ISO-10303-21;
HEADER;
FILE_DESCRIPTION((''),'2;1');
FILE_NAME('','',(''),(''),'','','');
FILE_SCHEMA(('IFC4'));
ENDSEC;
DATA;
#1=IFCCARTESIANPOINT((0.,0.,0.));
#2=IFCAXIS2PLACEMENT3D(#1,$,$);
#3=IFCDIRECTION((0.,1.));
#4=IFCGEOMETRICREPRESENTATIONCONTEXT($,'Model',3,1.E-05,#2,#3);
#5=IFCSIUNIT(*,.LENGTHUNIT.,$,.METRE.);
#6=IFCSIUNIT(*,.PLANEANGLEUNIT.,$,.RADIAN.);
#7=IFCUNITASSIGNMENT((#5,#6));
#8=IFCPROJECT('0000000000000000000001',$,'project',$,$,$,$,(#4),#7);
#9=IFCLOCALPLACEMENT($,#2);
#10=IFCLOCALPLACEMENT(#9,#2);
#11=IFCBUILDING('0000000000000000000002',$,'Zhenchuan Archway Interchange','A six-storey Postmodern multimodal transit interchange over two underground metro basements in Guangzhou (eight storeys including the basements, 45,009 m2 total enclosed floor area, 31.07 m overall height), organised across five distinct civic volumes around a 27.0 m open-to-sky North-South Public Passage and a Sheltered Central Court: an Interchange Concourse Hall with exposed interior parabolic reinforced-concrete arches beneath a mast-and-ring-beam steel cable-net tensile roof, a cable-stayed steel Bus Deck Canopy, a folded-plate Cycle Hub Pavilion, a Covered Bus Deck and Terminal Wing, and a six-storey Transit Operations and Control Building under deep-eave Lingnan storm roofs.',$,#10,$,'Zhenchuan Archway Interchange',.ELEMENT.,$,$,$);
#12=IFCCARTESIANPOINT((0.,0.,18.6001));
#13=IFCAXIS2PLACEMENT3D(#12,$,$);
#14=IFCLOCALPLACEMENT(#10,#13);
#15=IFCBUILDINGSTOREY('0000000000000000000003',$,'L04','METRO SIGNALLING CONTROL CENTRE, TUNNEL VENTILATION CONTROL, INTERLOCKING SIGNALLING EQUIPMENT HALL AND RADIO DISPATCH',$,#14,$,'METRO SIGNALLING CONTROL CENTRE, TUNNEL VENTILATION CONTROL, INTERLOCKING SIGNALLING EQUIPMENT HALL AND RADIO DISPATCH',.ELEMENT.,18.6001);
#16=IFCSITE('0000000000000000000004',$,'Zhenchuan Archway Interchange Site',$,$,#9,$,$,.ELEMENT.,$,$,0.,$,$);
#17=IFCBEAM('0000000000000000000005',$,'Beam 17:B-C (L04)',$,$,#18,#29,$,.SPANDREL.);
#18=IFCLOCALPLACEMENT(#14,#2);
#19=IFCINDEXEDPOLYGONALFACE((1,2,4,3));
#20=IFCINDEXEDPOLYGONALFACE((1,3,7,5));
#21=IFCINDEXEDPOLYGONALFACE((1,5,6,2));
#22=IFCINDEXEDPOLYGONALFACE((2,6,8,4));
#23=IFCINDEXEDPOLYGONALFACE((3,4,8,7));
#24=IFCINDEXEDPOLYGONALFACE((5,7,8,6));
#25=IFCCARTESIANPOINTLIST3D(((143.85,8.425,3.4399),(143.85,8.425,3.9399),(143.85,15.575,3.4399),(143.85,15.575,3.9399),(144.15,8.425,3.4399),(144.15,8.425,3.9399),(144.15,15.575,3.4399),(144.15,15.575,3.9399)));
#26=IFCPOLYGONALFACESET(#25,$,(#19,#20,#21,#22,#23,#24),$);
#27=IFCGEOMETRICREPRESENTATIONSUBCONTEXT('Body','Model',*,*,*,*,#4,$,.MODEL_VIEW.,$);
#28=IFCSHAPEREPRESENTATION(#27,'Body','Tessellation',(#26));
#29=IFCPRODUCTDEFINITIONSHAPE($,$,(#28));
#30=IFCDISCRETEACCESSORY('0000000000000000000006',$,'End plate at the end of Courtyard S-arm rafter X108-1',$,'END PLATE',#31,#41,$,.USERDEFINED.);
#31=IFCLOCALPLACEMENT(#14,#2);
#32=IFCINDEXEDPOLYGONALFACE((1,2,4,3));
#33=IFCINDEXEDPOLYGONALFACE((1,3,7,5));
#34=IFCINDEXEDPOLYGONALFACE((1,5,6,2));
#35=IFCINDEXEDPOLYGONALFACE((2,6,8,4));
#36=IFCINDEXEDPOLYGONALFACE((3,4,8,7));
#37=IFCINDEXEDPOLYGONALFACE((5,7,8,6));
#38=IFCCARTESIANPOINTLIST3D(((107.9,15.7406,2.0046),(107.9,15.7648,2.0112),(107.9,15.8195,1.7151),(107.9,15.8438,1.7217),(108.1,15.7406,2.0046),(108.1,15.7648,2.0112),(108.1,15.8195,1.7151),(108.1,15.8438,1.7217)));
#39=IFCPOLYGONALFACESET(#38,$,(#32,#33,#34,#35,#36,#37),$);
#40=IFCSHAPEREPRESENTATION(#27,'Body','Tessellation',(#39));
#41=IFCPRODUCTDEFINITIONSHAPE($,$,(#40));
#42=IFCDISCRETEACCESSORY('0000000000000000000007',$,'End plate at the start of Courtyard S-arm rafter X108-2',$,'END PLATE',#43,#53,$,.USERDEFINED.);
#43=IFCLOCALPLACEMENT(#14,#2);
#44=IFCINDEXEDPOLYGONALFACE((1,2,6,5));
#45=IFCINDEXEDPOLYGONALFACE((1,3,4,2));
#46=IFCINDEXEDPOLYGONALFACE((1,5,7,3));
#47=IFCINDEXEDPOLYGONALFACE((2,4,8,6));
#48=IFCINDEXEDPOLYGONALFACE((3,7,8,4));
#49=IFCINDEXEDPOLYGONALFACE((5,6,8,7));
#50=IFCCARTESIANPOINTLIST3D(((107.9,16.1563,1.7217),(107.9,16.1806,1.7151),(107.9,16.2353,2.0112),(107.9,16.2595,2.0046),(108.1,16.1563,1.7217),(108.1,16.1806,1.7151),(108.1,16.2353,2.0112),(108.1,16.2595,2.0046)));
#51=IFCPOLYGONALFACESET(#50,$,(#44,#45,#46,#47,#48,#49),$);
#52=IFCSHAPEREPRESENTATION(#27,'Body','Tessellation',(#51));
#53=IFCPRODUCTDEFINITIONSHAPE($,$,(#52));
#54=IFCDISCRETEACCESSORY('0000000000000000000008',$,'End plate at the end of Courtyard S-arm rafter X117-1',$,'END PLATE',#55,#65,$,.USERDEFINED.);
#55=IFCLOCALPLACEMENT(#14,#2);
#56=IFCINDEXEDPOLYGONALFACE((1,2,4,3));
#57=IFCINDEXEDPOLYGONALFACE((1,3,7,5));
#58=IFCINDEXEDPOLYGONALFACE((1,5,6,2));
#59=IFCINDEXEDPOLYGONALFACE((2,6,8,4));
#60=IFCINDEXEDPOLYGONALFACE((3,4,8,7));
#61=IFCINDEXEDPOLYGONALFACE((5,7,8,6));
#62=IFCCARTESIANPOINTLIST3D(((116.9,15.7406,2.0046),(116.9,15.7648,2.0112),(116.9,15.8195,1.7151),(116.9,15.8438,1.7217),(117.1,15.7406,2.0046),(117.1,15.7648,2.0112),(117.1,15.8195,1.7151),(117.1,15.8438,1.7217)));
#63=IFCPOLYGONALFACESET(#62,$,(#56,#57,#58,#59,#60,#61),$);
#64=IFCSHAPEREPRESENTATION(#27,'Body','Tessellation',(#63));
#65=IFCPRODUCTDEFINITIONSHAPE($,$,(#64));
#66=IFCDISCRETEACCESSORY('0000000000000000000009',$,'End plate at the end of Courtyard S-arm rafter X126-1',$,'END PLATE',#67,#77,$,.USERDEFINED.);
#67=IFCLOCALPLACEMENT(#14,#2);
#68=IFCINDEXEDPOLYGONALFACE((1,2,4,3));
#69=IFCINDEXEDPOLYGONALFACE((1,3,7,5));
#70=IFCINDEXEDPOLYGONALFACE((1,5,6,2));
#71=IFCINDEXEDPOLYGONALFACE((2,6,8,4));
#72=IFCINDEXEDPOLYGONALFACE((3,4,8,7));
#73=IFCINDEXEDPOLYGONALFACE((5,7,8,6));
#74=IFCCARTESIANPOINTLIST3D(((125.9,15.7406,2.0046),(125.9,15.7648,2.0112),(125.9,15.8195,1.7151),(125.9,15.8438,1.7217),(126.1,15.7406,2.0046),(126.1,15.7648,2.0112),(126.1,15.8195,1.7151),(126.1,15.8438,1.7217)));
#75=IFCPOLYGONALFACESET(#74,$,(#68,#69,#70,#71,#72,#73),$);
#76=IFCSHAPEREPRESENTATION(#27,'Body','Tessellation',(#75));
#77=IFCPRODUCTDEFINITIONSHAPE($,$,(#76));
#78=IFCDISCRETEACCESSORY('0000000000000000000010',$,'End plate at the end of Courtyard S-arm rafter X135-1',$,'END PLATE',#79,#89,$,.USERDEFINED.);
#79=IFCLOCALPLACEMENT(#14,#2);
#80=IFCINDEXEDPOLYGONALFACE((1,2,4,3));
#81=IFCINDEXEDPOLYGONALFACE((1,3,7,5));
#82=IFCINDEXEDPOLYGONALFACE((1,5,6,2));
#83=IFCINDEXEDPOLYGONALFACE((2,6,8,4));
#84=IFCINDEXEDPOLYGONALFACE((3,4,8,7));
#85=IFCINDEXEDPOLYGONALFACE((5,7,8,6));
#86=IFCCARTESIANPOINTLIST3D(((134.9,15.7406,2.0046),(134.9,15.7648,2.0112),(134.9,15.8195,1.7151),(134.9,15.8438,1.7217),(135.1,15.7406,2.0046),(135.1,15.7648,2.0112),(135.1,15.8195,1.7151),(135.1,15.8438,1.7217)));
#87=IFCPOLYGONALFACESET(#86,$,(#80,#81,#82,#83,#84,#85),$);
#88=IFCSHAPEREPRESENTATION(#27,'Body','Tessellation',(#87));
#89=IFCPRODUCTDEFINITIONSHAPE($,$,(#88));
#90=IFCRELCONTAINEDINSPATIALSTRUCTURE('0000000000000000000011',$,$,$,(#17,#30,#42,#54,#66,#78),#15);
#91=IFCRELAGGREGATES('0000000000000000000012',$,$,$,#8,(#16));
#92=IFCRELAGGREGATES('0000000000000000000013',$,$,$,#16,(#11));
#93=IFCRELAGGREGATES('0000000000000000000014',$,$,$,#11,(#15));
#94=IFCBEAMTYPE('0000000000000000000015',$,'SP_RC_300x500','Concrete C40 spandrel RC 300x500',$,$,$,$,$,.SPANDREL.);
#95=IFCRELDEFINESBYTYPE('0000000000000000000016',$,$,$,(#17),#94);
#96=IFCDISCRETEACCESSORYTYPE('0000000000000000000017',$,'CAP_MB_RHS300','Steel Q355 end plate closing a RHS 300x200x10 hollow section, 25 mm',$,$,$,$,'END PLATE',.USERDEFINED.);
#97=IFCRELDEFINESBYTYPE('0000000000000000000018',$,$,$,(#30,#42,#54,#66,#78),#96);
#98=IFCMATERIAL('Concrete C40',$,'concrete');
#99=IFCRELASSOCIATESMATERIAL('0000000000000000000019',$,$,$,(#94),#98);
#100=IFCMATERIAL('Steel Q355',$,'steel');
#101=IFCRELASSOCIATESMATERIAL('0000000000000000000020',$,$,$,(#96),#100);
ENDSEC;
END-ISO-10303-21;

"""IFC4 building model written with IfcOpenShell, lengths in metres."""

from ifc_helpers import new_model, si_unit, direction, frame, origin, origin_2d, place, context, subcontext, project, spatial, rectangle, extrude, material, material_profile, profile_set, type_object, element, save


model = new_model("IFC4")

# Units and contexts
model_context = context("Model", 3, precision=1e-05, world=origin(), true_north=direction((0.0, 1.0)))
body_context = subcontext(model_context, "Body", "Model", "MODEL_VIEW")
ifc_project = project(units=[si_unit("LENGTHUNIT", "METRE"), si_unit("PLANEANGLEUNIT", "RADIAN")], contexts=[model_context])

# Site, building, storey
site_placement = place(None, origin())
site = spatial("IfcSite", under=ifc_project, at=site_placement, Name="Zhenchuan Archway Interchange Site", CompositionType="ELEMENT", RefElevation=0.0)
building_placement = place(site_placement, origin())
building = spatial("IfcBuilding", under=site, at=building_placement, Name="Zhenchuan Archway Interchange", Description="A six-storey Postmodern multimodal transit interchange over two underground metro basements in Guangzhou (eight storeys including the basements, 45,009 m2 total enclosed floor area, 31.07 m overall height), organised across five distinct civic volumes around a 27.0 m open-to-sky North-South Public Passage and a Sheltered Central Court: an Interchange Concourse Hall with exposed interior parabolic reinforced-concrete arches beneath a mast-and-ring-beam steel cable-net tensile roof, a cable-stayed steel Bus Deck Canopy, a folded-plate Cycle Hub Pavilion, a Covered Bus Deck and Terminal Wing, and a six-storey Transit Operations and Control Building under deep-eave Lingnan storm roofs.", LongName="Zhenchuan Archway Interchange", CompositionType="ELEMENT")
storey_placement = place(building_placement, frame((0.0, 0.0, 18.6001)))
storey = spatial("IfcBuildingStorey", under=building, at=storey_placement, Name="L04", Description="METRO SIGNALLING CONTROL CENTRE, TUNNEL VENTILATION CONTROL, INTERLOCKING SIGNALLING EQUIPMENT HALL AND RADIO DISPATCH", LongName="METRO SIGNALLING CONTROL CENTRE, TUNNEL VENTILATION CONTROL, INTERLOCKING SIGNALLING EQUIPMENT HALL AND RADIO DISPATCH", CompositionType="ELEMENT", Elevation=18.6001)

# Shared definitions
ifc_material_1 = material(Name="Concrete C40", Category="concrete")
ifc_material_2 = material(Name="Steel Q355", Category="steel")

# Beam
ifc_material_profile_1 = material_profile(ifc_material_1, rectangle(XDim=0.3, YDim=0.5, at=origin_2d()), Name="RC 300x500")
ifc_profile_set_1 = profile_set([ifc_material_profile_1], Name="Concrete C40")
beam_type_1 = type_object("IfcBeamType", Name="SP_RC_300x500", Description="Concrete C40 spandrel RC 300x500", PredefinedType="SPANDREL", material=ifc_profile_set_1)
beam_placement = place(storey_placement, frame((144.0, 8.425, 3.6899), z_axis=(0.0, 1.0, 0.0), x_axis=(-1.0, 0.0, 0.0)))
element("IfcBeam", 1, at=beam_placement, inside=storey, type_object=beam_type_1, Name="Beam 17:B-C (L04)", PredefinedType="SPANDREL", context=body_context, shape_type="SweptSolid", body=[
    extrude(rectangle(XDim=0.3, YDim=0.5, at=origin_2d()), origin(), (0.0, 0.0, 1.0), 7.1499),
])

# Discrete accessories
discrete_accessory_type = type_object("IfcDiscreteAccessoryType", Name="CAP_MB_RHS300", Description="Steel Q355 end plate closing a RHS 300x200x10 hollow section, 25 mm", ElementType="END PLATE", PredefinedType="USERDEFINED", material=ifc_material_2)
for number, where, z_axis, x_axis, name in (
    (2, (108.0, 15.78, 1.8599), (0.0, 0.964764, 0.263117), (-1.0, 0.0, 0.0), "End plate at the end of Courtyard S-arm rafter X108-1"),
    (3, (108.0, 16.1958, 1.8665), (0.0, 0.964764, -0.263117), (-1.0, 0.0, 0.0), "End plate at the start of Courtyard S-arm rafter X108-2"),
    (4, (117.0, 15.78, 1.8599), (0.0, 0.964764, 0.263117), (-1.0, 0.0, 0.0), "End plate at the end of Courtyard S-arm rafter X117-1"),
    (5, (126.0, 15.78, 1.8599), (0.0, 0.964764, 0.263117), (-1.0, 0.0, 0.0), "End plate at the end of Courtyard S-arm rafter X126-1"),
    (6, (135.0, 15.78, 1.8599), (0.0, 0.964764, 0.263117), (-1.0, 0.0, 0.0), "End plate at the end of Courtyard S-arm rafter X135-1"),
):
    element("IfcDiscreteAccessory", number, at=place(storey_placement, frame(where, z_axis=z_axis, x_axis=x_axis)), inside=storey, type_object=discrete_accessory_type, Name=name, ObjectType="END PLATE", PredefinedType="USERDEFINED", context=body_context, shape_type="SweptSolid", body=[
        extrude(rectangle(XDim=0.2, YDim=0.3, at=origin_2d()), origin(), (0.0, 0.0, 1.0), 0.0251),
    ])

save(model, "model.ifc")
